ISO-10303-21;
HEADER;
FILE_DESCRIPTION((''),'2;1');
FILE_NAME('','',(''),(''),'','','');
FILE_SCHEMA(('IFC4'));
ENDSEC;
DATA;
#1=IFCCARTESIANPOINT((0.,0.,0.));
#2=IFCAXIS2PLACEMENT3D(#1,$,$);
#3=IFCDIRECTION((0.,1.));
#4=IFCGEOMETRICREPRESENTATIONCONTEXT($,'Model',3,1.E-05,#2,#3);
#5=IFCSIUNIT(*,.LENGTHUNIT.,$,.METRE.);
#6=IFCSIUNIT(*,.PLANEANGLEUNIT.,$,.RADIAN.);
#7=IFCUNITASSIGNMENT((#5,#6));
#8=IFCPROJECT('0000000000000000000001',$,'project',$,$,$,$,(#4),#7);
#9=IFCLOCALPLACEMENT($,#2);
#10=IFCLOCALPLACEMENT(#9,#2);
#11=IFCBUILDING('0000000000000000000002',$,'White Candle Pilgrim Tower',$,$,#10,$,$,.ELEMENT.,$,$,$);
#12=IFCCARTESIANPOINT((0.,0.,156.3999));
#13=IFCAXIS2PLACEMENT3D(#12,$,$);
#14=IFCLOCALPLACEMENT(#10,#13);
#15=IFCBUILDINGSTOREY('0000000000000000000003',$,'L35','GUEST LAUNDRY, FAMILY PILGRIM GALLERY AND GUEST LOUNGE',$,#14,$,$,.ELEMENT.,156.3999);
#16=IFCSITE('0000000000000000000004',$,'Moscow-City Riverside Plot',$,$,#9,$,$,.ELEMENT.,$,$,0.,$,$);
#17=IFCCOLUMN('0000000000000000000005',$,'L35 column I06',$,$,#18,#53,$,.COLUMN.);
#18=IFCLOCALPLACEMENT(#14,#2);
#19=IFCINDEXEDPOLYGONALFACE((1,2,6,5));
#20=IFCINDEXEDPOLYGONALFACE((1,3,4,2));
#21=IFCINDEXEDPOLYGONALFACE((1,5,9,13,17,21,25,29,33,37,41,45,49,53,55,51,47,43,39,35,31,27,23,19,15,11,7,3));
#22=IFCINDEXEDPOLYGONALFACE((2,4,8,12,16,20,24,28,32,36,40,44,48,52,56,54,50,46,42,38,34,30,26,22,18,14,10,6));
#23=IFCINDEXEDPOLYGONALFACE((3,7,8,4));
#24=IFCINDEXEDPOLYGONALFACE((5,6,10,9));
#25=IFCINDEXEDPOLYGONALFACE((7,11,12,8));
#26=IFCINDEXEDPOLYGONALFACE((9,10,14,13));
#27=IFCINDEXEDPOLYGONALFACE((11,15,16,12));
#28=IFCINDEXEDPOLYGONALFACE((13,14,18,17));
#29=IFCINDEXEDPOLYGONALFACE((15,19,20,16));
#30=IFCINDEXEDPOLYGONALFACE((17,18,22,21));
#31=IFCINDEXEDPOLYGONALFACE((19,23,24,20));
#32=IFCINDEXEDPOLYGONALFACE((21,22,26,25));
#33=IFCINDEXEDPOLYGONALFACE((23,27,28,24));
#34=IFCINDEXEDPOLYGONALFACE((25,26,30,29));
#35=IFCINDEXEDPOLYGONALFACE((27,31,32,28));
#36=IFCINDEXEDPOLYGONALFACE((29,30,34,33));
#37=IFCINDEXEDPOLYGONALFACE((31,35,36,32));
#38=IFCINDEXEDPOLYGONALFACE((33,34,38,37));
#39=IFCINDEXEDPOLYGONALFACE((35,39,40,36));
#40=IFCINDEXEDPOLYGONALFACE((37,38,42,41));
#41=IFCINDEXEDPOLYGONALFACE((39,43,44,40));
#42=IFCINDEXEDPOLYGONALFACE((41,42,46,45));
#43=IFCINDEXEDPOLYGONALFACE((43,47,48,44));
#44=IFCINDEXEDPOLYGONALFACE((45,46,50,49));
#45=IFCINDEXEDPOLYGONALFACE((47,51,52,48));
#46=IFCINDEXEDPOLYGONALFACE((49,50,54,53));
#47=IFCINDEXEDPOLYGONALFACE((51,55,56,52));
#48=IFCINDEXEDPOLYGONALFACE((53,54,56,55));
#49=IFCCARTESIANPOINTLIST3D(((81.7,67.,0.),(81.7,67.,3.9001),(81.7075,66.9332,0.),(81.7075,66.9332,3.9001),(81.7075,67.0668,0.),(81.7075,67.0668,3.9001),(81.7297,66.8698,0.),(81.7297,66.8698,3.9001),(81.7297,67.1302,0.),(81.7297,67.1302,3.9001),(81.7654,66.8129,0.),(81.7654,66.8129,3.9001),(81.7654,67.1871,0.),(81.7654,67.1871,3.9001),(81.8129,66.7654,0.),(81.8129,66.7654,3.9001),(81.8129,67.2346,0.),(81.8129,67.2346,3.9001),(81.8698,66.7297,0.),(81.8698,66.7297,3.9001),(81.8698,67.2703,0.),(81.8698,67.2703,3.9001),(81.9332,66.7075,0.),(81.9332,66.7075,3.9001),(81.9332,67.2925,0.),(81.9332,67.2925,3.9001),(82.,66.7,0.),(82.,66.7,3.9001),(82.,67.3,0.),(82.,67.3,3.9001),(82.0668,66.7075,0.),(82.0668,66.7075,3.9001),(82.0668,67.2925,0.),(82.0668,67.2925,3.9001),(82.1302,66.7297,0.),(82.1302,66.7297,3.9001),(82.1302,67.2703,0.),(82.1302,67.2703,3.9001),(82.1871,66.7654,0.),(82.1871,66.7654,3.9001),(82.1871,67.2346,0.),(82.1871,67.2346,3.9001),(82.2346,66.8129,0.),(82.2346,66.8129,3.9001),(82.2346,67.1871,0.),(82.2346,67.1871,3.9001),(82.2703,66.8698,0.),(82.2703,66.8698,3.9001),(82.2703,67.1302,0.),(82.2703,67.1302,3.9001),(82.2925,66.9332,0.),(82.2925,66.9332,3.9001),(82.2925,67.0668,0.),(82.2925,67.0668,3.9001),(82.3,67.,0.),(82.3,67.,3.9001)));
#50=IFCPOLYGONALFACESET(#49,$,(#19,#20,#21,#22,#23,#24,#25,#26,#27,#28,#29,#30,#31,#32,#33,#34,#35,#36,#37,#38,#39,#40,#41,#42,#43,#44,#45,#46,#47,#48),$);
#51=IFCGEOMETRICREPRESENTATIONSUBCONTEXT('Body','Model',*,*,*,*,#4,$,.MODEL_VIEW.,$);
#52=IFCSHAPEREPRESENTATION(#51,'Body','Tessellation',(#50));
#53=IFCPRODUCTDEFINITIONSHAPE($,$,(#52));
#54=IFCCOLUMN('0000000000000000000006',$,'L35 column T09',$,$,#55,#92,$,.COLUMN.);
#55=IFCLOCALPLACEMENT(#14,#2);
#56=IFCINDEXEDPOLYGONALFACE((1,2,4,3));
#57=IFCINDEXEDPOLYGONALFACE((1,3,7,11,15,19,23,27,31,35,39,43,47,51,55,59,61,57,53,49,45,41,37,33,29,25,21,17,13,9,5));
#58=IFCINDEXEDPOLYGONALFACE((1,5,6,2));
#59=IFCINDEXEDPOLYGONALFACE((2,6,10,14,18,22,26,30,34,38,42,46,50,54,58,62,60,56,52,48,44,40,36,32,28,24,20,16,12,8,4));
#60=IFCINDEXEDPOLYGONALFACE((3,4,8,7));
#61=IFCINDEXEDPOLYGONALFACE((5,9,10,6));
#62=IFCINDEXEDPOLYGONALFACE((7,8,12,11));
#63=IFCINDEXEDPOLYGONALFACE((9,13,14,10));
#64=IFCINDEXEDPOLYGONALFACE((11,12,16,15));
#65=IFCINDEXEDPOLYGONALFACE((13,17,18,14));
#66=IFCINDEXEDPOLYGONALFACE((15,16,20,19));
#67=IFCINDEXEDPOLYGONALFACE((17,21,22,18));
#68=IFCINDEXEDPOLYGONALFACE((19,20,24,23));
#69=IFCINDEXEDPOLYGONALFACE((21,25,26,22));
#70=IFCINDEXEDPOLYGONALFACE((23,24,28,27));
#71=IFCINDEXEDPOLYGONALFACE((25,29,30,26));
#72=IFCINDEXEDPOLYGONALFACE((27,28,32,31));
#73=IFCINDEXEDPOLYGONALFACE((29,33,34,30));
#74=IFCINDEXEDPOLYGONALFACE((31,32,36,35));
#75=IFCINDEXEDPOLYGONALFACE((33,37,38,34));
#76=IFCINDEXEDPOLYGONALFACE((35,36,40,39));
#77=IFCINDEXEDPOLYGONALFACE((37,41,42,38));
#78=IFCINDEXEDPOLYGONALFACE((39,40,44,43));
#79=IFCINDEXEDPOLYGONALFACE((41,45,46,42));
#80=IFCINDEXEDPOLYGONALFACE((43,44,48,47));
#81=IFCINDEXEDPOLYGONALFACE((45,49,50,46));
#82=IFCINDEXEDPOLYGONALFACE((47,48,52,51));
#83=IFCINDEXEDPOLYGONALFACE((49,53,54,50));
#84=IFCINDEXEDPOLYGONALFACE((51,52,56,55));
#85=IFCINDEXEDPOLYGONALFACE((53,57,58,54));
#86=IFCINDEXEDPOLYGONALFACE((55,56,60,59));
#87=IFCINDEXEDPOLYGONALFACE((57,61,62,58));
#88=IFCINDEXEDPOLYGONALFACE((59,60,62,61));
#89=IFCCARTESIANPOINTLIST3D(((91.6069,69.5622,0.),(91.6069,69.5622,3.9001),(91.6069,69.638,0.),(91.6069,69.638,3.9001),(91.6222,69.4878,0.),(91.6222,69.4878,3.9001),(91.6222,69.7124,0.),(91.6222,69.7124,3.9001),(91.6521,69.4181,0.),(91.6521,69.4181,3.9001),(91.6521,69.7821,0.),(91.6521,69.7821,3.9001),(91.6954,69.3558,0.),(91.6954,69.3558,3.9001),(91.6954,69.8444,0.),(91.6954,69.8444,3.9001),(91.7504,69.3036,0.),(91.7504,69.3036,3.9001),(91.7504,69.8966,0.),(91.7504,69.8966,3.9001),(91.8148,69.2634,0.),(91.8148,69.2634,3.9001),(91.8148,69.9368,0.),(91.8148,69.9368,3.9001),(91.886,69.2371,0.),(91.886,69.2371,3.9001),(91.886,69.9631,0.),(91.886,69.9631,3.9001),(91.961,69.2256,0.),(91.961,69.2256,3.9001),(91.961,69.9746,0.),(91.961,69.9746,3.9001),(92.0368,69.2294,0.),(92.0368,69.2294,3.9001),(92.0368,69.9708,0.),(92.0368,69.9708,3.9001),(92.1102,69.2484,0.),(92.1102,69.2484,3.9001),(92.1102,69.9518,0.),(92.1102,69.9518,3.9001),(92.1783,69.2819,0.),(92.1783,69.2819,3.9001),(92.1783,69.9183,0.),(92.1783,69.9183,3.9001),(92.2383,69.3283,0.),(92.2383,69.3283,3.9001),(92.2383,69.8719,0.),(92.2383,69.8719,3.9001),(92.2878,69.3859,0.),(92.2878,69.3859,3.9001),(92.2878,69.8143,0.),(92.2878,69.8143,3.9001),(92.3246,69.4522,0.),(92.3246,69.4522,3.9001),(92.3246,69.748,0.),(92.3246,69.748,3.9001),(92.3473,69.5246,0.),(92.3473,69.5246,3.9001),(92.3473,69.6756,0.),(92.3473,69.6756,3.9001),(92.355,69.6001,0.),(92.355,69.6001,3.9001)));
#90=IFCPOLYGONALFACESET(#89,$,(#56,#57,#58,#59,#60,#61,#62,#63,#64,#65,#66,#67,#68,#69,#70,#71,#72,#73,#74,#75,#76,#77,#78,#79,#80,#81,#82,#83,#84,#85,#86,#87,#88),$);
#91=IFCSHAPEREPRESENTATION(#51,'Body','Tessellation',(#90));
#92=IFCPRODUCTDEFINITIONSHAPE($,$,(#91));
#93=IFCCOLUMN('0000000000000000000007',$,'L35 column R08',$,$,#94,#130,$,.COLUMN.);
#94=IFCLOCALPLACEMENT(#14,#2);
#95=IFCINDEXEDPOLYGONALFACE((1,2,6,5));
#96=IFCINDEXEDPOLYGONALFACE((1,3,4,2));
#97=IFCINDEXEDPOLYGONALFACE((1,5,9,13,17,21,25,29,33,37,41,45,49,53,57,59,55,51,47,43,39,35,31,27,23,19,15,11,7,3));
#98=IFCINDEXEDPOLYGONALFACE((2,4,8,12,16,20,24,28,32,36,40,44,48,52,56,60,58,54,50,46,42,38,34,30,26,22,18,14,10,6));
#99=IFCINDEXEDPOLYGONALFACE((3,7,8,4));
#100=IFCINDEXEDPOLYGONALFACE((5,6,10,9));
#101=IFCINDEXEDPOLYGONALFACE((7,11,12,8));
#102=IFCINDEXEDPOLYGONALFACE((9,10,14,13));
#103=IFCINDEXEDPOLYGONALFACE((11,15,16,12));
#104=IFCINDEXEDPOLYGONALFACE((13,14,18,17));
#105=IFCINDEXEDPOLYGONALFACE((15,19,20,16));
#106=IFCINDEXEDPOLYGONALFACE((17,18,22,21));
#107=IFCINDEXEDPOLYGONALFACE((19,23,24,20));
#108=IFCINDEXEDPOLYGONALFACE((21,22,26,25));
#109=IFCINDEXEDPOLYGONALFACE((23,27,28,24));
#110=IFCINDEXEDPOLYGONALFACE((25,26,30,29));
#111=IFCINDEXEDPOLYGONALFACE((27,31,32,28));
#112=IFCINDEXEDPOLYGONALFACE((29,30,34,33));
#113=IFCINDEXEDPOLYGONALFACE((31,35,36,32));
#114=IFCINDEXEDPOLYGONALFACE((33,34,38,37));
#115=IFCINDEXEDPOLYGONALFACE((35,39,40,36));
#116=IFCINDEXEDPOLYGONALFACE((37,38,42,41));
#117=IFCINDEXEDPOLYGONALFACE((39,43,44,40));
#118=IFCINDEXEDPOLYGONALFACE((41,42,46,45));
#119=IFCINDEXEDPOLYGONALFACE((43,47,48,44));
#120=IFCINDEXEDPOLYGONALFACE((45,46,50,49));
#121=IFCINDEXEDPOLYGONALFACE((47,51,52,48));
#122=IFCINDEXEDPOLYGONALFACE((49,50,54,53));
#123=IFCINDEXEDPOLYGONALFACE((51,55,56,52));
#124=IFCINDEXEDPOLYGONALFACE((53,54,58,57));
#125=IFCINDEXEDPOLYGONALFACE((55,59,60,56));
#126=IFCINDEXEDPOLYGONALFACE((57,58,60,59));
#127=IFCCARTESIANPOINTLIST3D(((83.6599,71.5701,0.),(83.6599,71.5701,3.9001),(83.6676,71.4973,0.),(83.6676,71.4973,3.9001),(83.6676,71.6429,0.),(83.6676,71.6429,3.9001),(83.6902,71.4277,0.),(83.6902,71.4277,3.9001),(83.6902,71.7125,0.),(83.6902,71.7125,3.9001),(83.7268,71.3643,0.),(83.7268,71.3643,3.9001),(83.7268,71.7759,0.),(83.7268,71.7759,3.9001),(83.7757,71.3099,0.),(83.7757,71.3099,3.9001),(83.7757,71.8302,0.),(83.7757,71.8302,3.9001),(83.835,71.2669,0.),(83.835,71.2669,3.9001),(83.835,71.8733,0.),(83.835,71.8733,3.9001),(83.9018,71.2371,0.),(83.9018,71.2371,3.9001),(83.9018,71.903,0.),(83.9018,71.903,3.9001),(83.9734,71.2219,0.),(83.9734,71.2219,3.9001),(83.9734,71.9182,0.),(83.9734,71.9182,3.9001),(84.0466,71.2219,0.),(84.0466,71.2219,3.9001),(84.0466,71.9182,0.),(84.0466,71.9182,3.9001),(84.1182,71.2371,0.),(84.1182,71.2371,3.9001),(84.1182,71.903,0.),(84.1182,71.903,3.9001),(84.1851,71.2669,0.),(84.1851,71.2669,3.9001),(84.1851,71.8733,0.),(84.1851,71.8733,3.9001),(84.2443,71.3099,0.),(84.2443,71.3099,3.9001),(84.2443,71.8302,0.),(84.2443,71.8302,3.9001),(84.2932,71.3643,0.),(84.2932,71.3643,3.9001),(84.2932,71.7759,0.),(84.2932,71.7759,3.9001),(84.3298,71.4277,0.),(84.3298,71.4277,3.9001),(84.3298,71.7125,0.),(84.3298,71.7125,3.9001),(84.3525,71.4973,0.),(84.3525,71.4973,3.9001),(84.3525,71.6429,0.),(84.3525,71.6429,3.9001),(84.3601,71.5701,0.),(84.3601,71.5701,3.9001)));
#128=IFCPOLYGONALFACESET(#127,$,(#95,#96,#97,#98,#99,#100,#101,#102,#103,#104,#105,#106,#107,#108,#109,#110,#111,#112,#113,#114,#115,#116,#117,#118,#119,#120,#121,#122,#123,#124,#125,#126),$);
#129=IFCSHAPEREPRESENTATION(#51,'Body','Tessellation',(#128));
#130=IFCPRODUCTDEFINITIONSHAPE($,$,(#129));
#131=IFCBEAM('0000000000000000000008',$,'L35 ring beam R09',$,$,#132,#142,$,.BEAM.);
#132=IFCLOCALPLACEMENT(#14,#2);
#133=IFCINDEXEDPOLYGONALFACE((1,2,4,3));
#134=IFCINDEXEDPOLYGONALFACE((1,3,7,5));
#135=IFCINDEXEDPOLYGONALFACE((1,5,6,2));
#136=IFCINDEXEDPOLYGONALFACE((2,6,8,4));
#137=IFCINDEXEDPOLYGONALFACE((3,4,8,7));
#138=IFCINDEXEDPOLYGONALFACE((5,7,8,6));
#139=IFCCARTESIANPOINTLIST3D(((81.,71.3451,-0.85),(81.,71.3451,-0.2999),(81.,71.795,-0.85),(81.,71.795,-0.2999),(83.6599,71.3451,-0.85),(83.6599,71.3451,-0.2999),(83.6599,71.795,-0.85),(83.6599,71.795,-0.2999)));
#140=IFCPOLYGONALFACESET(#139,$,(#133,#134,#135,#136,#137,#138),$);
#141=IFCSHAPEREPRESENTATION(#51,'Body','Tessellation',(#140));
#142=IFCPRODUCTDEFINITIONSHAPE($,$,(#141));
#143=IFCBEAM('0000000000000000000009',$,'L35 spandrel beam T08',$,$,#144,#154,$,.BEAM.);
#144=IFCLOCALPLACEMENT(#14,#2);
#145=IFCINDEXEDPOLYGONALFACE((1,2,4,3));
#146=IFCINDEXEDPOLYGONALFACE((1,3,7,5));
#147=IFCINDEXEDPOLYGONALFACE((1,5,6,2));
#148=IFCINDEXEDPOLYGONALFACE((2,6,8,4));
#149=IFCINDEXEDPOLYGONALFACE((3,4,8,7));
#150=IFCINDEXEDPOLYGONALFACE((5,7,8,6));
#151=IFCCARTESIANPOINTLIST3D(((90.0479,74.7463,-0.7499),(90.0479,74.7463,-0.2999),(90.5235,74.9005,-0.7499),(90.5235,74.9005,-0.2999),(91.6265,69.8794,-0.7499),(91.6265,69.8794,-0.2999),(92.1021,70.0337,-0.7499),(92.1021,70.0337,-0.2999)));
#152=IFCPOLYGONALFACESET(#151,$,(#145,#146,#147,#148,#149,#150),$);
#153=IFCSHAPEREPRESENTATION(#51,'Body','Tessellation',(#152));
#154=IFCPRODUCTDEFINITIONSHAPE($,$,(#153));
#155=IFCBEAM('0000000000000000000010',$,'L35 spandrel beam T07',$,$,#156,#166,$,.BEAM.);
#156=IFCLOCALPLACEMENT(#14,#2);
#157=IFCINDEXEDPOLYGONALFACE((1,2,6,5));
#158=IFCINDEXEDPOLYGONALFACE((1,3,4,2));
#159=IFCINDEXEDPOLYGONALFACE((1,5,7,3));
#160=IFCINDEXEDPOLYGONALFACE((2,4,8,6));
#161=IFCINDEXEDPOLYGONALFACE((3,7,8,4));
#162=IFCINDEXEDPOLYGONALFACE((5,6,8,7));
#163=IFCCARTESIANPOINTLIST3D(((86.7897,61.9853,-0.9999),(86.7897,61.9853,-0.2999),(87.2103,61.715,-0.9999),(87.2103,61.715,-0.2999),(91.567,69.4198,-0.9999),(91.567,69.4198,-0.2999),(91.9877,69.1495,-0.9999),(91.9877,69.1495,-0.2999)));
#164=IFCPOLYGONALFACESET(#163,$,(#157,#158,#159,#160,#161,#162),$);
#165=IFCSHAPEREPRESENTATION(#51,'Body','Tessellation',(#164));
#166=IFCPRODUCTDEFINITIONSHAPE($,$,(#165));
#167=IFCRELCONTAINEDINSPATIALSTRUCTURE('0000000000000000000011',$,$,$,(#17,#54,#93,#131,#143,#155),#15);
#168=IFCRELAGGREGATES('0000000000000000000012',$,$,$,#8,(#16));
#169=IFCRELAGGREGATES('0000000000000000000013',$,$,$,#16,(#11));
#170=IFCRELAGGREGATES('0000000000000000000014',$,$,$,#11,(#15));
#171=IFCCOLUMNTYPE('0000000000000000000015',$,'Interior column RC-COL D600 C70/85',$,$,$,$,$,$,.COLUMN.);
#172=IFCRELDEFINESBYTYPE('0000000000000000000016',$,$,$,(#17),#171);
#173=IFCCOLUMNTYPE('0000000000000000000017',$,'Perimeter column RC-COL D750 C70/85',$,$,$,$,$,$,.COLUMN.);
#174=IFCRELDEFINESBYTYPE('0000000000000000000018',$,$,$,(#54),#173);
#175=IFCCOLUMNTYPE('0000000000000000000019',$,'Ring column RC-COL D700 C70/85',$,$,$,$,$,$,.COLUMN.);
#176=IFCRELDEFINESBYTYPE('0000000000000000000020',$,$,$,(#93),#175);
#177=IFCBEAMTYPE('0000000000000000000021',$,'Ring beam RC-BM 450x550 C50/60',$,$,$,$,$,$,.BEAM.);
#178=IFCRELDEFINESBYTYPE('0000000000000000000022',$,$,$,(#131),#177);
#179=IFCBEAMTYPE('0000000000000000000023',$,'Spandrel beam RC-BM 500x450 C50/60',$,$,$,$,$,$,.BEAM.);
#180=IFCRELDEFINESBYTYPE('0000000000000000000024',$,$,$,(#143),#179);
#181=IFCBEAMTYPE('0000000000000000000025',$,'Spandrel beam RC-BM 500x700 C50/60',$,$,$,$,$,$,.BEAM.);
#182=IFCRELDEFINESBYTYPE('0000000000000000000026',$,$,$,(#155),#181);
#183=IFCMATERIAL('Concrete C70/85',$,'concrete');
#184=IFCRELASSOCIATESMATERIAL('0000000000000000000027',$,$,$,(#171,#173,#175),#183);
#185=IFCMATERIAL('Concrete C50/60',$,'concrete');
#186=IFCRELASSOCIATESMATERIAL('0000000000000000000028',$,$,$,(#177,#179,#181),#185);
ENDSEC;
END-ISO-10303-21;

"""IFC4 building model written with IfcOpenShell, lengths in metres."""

from ifc_helpers import new_model, si_unit, direction, frame, origin, origin_2d, place, context, subcontext, project, spatial, rectangle, circle, extrude, material, material_profile, profile_set, type_object, element, save


model = new_model("IFC4")

# Units and contexts
model_context = context("Model", 3, precision=1e-05, world=origin(), true_north=direction((0.0, 1.0)))
body_context = subcontext(model_context, "Body", "Model", "MODEL_VIEW")
ifc_project = project(units=[si_unit("LENGTHUNIT", "METRE"), si_unit("PLANEANGLEUNIT", "RADIAN")], contexts=[model_context])

# Site, building, storey
site_placement = place(None, origin())
site = spatial("IfcSite", under=ifc_project, at=site_placement, Name="Moscow-City Riverside Plot", CompositionType="ELEMENT", RefElevation=0.0)
building_placement = place(site_placement, origin())
building = spatial("IfcBuilding", under=site, at=building_placement, Name="White Candle Pilgrim Tower", CompositionType="ELEMENT")
storey_placement = place(building_placement, frame((0.0, 0.0, 156.3999)))
storey = spatial("IfcBuildingStorey", under=building, at=storey_placement, Name="L35", Description="GUEST LAUNDRY, FAMILY PILGRIM GALLERY AND GUEST LOUNGE", CompositionType="ELEMENT", Elevation=156.3999)

# Columns
ifc_material_1 = material(Name="Concrete C70/85", Category="concrete")
ifc_material_profile_1 = material_profile(ifc_material_1, circle(Radius=0.3, at=origin_2d()), Name="RC-COL D600")
ifc_profile_set_1 = profile_set([ifc_material_profile_1], Name="Concrete C70/85")
column_type_1 = type_object("IfcColumnType", Name="Interior column RC-COL D600 C70/85", PredefinedType="COLUMN", material=ifc_profile_set_1)
column_1_placement = place(storey_placement, frame((82.0, 67.0, 0.0), z_axis=(0.0, 0.0, 1.0), x_axis=(1.0, 0.0, 0.0)))
element("IfcColumn", 1, at=column_1_placement, inside=storey, type_object=column_type_1, Name="L35 column I06", PredefinedType="COLUMN", context=body_context, shape_type="SweptSolid", body=[
    extrude(circle(Radius=0.3, at=origin_2d()), origin(), (0.0, 0.0, 1.0), 3.9001),
])
ifc_material_profile_2 = material_profile(ifc_material_1, circle(Radius=0.375, at=origin_2d()), Name="RC-COL D750")
ifc_profile_set_2 = profile_set([ifc_material_profile_2], Name="Concrete C70/85")
column_type_2 = type_object("IfcColumnType", Name="Perimeter column RC-COL D750 C70/85", PredefinedType="COLUMN", material=ifc_profile_set_2)
column_2_placement = place(storey_placement, frame((91.98, 69.6001, 0.0), z_axis=(0.0, 0.0, 1.0), x_axis=(1.0, 0.0, 0.0)))
element("IfcColumn", 2, at=column_2_placement, inside=storey, type_object=column_type_2, Name="L35 column T09", PredefinedType="COLUMN", context=body_context, shape_type="SweptSolid", body=[
    extrude(circle(Radius=0.375, at=origin_2d()), origin(), (0.0, 0.0, 1.0), 3.9001),
])
ifc_material_profile_3 = material_profile(ifc_material_1, circle(Radius=0.3501, at=origin_2d()), Name="RC-COL D700")
ifc_profile_set_3 = profile_set([ifc_material_profile_3], Name="Concrete C70/85")
column_type_3 = type_object("IfcColumnType", Name="Ring column RC-COL D700 C70/85", PredefinedType="COLUMN", material=ifc_profile_set_3)
column_3_placement = place(storey_placement, frame((84.01, 71.5701, 0.0), z_axis=(0.0, 0.0, 1.0), x_axis=(1.0, 0.0, 0.0)))
element("IfcColumn", 3, at=column_3_placement, inside=storey, type_object=column_type_3, Name="L35 column R08", PredefinedType="COLUMN", context=body_context, shape_type="SweptSolid", body=[
    extrude(circle(Radius=0.3501, at=origin_2d()), origin(), (0.0, 0.0, 1.0), 3.9001),
])

# Beams
ifc_material_2 = material(Name="Concrete C50/60", Category="concrete")
ifc_material_profile_4 = material_profile(ifc_material_2, rectangle(XDim=0.45, YDim=0.55, at=origin_2d()), Name="RC-BM 450x550")
ifc_profile_set_4 = profile_set([ifc_material_profile_4], Name="Concrete C50/60")
beam_type_1 = type_object("IfcBeamType", Name="Ring beam RC-BM 450x550 C50/60", PredefinedType="BEAM", material=ifc_profile_set_4)
beam_1_placement = place(storey_placement, frame((83.6599, 71.5701, -0.575), z_axis=(-1.0, 0.0, 0.0), x_axis=(0.0, -1.0, 0.0)))
element("IfcBeam", 4, at=beam_1_placement, inside=storey, type_object=beam_type_1, Name="L35 ring beam R09", PredefinedType="BEAM", context=body_context, shape_type="SweptSolid", body=[
    extrude(rectangle(XDim=0.45, YDim=0.55, at=origin_2d()), origin(), (0.0, 0.0, 1.0), 2.6599),
])
ifc_material_profile_5 = material_profile(ifc_material_2, rectangle(XDim=0.5, YDim=0.45, at=origin_2d()), Name="RC-BM 500x450")
ifc_profile_set_5 = profile_set([ifc_material_profile_5], Name="Concrete C50/60")
beam_type_2 = type_object("IfcBeamType", Name="Spandrel beam RC-BM 500x450 C50/60", PredefinedType="BEAM", material=ifc_profile_set_5)
beam_2_placement = place(storey_placement, frame((91.8643, 69.9565, -0.5249), z_axis=(-0.30853, 0.951214, 0.0), x_axis=(-0.951214, -0.30853, 0.0)))
element("IfcBeam", 5, at=beam_2_placement, inside=storey, type_object=beam_type_2, Name="L35 spandrel beam T08", PredefinedType="BEAM", context=body_context, shape_type="SweptSolid", body=[
    extrude(rectangle(XDim=0.5, YDim=0.45, at=origin_2d()), origin(), (0.0, 0.0, 1.0), 5.1165),
])
ifc_material_profile_6 = material_profile(ifc_material_2, rectangle(XDim=0.5, YDim=0.7, at=origin_2d()), Name="RC-BM 500x700")
ifc_profile_set_6 = profile_set([ifc_material_profile_6], Name="Concrete C50/60")
beam_type_3 = type_object("IfcBeamType", Name="Spandrel beam RC-BM 500x700 C50/60", PredefinedType="BEAM", material=ifc_profile_set_6)
beam_3_placement = place(storey_placement, frame((91.7773, 69.2847, -0.6499), z_axis=(-0.540596, -0.841283, 0.0), x_axis=(0.841283, -0.540596, 0.0)))
element("IfcBeam", 6, at=beam_3_placement, inside=storey, type_object=beam_type_3, Name="L35 spandrel beam T07", PredefinedType="BEAM", context=body_context, shape_type="SweptSolid", body=[
    extrude(rectangle(XDim=0.5, YDim=0.7, at=origin_2d()), origin(), (0.0, 0.0, 1.0), 8.8372),
])

save(model, "model.ifc")
